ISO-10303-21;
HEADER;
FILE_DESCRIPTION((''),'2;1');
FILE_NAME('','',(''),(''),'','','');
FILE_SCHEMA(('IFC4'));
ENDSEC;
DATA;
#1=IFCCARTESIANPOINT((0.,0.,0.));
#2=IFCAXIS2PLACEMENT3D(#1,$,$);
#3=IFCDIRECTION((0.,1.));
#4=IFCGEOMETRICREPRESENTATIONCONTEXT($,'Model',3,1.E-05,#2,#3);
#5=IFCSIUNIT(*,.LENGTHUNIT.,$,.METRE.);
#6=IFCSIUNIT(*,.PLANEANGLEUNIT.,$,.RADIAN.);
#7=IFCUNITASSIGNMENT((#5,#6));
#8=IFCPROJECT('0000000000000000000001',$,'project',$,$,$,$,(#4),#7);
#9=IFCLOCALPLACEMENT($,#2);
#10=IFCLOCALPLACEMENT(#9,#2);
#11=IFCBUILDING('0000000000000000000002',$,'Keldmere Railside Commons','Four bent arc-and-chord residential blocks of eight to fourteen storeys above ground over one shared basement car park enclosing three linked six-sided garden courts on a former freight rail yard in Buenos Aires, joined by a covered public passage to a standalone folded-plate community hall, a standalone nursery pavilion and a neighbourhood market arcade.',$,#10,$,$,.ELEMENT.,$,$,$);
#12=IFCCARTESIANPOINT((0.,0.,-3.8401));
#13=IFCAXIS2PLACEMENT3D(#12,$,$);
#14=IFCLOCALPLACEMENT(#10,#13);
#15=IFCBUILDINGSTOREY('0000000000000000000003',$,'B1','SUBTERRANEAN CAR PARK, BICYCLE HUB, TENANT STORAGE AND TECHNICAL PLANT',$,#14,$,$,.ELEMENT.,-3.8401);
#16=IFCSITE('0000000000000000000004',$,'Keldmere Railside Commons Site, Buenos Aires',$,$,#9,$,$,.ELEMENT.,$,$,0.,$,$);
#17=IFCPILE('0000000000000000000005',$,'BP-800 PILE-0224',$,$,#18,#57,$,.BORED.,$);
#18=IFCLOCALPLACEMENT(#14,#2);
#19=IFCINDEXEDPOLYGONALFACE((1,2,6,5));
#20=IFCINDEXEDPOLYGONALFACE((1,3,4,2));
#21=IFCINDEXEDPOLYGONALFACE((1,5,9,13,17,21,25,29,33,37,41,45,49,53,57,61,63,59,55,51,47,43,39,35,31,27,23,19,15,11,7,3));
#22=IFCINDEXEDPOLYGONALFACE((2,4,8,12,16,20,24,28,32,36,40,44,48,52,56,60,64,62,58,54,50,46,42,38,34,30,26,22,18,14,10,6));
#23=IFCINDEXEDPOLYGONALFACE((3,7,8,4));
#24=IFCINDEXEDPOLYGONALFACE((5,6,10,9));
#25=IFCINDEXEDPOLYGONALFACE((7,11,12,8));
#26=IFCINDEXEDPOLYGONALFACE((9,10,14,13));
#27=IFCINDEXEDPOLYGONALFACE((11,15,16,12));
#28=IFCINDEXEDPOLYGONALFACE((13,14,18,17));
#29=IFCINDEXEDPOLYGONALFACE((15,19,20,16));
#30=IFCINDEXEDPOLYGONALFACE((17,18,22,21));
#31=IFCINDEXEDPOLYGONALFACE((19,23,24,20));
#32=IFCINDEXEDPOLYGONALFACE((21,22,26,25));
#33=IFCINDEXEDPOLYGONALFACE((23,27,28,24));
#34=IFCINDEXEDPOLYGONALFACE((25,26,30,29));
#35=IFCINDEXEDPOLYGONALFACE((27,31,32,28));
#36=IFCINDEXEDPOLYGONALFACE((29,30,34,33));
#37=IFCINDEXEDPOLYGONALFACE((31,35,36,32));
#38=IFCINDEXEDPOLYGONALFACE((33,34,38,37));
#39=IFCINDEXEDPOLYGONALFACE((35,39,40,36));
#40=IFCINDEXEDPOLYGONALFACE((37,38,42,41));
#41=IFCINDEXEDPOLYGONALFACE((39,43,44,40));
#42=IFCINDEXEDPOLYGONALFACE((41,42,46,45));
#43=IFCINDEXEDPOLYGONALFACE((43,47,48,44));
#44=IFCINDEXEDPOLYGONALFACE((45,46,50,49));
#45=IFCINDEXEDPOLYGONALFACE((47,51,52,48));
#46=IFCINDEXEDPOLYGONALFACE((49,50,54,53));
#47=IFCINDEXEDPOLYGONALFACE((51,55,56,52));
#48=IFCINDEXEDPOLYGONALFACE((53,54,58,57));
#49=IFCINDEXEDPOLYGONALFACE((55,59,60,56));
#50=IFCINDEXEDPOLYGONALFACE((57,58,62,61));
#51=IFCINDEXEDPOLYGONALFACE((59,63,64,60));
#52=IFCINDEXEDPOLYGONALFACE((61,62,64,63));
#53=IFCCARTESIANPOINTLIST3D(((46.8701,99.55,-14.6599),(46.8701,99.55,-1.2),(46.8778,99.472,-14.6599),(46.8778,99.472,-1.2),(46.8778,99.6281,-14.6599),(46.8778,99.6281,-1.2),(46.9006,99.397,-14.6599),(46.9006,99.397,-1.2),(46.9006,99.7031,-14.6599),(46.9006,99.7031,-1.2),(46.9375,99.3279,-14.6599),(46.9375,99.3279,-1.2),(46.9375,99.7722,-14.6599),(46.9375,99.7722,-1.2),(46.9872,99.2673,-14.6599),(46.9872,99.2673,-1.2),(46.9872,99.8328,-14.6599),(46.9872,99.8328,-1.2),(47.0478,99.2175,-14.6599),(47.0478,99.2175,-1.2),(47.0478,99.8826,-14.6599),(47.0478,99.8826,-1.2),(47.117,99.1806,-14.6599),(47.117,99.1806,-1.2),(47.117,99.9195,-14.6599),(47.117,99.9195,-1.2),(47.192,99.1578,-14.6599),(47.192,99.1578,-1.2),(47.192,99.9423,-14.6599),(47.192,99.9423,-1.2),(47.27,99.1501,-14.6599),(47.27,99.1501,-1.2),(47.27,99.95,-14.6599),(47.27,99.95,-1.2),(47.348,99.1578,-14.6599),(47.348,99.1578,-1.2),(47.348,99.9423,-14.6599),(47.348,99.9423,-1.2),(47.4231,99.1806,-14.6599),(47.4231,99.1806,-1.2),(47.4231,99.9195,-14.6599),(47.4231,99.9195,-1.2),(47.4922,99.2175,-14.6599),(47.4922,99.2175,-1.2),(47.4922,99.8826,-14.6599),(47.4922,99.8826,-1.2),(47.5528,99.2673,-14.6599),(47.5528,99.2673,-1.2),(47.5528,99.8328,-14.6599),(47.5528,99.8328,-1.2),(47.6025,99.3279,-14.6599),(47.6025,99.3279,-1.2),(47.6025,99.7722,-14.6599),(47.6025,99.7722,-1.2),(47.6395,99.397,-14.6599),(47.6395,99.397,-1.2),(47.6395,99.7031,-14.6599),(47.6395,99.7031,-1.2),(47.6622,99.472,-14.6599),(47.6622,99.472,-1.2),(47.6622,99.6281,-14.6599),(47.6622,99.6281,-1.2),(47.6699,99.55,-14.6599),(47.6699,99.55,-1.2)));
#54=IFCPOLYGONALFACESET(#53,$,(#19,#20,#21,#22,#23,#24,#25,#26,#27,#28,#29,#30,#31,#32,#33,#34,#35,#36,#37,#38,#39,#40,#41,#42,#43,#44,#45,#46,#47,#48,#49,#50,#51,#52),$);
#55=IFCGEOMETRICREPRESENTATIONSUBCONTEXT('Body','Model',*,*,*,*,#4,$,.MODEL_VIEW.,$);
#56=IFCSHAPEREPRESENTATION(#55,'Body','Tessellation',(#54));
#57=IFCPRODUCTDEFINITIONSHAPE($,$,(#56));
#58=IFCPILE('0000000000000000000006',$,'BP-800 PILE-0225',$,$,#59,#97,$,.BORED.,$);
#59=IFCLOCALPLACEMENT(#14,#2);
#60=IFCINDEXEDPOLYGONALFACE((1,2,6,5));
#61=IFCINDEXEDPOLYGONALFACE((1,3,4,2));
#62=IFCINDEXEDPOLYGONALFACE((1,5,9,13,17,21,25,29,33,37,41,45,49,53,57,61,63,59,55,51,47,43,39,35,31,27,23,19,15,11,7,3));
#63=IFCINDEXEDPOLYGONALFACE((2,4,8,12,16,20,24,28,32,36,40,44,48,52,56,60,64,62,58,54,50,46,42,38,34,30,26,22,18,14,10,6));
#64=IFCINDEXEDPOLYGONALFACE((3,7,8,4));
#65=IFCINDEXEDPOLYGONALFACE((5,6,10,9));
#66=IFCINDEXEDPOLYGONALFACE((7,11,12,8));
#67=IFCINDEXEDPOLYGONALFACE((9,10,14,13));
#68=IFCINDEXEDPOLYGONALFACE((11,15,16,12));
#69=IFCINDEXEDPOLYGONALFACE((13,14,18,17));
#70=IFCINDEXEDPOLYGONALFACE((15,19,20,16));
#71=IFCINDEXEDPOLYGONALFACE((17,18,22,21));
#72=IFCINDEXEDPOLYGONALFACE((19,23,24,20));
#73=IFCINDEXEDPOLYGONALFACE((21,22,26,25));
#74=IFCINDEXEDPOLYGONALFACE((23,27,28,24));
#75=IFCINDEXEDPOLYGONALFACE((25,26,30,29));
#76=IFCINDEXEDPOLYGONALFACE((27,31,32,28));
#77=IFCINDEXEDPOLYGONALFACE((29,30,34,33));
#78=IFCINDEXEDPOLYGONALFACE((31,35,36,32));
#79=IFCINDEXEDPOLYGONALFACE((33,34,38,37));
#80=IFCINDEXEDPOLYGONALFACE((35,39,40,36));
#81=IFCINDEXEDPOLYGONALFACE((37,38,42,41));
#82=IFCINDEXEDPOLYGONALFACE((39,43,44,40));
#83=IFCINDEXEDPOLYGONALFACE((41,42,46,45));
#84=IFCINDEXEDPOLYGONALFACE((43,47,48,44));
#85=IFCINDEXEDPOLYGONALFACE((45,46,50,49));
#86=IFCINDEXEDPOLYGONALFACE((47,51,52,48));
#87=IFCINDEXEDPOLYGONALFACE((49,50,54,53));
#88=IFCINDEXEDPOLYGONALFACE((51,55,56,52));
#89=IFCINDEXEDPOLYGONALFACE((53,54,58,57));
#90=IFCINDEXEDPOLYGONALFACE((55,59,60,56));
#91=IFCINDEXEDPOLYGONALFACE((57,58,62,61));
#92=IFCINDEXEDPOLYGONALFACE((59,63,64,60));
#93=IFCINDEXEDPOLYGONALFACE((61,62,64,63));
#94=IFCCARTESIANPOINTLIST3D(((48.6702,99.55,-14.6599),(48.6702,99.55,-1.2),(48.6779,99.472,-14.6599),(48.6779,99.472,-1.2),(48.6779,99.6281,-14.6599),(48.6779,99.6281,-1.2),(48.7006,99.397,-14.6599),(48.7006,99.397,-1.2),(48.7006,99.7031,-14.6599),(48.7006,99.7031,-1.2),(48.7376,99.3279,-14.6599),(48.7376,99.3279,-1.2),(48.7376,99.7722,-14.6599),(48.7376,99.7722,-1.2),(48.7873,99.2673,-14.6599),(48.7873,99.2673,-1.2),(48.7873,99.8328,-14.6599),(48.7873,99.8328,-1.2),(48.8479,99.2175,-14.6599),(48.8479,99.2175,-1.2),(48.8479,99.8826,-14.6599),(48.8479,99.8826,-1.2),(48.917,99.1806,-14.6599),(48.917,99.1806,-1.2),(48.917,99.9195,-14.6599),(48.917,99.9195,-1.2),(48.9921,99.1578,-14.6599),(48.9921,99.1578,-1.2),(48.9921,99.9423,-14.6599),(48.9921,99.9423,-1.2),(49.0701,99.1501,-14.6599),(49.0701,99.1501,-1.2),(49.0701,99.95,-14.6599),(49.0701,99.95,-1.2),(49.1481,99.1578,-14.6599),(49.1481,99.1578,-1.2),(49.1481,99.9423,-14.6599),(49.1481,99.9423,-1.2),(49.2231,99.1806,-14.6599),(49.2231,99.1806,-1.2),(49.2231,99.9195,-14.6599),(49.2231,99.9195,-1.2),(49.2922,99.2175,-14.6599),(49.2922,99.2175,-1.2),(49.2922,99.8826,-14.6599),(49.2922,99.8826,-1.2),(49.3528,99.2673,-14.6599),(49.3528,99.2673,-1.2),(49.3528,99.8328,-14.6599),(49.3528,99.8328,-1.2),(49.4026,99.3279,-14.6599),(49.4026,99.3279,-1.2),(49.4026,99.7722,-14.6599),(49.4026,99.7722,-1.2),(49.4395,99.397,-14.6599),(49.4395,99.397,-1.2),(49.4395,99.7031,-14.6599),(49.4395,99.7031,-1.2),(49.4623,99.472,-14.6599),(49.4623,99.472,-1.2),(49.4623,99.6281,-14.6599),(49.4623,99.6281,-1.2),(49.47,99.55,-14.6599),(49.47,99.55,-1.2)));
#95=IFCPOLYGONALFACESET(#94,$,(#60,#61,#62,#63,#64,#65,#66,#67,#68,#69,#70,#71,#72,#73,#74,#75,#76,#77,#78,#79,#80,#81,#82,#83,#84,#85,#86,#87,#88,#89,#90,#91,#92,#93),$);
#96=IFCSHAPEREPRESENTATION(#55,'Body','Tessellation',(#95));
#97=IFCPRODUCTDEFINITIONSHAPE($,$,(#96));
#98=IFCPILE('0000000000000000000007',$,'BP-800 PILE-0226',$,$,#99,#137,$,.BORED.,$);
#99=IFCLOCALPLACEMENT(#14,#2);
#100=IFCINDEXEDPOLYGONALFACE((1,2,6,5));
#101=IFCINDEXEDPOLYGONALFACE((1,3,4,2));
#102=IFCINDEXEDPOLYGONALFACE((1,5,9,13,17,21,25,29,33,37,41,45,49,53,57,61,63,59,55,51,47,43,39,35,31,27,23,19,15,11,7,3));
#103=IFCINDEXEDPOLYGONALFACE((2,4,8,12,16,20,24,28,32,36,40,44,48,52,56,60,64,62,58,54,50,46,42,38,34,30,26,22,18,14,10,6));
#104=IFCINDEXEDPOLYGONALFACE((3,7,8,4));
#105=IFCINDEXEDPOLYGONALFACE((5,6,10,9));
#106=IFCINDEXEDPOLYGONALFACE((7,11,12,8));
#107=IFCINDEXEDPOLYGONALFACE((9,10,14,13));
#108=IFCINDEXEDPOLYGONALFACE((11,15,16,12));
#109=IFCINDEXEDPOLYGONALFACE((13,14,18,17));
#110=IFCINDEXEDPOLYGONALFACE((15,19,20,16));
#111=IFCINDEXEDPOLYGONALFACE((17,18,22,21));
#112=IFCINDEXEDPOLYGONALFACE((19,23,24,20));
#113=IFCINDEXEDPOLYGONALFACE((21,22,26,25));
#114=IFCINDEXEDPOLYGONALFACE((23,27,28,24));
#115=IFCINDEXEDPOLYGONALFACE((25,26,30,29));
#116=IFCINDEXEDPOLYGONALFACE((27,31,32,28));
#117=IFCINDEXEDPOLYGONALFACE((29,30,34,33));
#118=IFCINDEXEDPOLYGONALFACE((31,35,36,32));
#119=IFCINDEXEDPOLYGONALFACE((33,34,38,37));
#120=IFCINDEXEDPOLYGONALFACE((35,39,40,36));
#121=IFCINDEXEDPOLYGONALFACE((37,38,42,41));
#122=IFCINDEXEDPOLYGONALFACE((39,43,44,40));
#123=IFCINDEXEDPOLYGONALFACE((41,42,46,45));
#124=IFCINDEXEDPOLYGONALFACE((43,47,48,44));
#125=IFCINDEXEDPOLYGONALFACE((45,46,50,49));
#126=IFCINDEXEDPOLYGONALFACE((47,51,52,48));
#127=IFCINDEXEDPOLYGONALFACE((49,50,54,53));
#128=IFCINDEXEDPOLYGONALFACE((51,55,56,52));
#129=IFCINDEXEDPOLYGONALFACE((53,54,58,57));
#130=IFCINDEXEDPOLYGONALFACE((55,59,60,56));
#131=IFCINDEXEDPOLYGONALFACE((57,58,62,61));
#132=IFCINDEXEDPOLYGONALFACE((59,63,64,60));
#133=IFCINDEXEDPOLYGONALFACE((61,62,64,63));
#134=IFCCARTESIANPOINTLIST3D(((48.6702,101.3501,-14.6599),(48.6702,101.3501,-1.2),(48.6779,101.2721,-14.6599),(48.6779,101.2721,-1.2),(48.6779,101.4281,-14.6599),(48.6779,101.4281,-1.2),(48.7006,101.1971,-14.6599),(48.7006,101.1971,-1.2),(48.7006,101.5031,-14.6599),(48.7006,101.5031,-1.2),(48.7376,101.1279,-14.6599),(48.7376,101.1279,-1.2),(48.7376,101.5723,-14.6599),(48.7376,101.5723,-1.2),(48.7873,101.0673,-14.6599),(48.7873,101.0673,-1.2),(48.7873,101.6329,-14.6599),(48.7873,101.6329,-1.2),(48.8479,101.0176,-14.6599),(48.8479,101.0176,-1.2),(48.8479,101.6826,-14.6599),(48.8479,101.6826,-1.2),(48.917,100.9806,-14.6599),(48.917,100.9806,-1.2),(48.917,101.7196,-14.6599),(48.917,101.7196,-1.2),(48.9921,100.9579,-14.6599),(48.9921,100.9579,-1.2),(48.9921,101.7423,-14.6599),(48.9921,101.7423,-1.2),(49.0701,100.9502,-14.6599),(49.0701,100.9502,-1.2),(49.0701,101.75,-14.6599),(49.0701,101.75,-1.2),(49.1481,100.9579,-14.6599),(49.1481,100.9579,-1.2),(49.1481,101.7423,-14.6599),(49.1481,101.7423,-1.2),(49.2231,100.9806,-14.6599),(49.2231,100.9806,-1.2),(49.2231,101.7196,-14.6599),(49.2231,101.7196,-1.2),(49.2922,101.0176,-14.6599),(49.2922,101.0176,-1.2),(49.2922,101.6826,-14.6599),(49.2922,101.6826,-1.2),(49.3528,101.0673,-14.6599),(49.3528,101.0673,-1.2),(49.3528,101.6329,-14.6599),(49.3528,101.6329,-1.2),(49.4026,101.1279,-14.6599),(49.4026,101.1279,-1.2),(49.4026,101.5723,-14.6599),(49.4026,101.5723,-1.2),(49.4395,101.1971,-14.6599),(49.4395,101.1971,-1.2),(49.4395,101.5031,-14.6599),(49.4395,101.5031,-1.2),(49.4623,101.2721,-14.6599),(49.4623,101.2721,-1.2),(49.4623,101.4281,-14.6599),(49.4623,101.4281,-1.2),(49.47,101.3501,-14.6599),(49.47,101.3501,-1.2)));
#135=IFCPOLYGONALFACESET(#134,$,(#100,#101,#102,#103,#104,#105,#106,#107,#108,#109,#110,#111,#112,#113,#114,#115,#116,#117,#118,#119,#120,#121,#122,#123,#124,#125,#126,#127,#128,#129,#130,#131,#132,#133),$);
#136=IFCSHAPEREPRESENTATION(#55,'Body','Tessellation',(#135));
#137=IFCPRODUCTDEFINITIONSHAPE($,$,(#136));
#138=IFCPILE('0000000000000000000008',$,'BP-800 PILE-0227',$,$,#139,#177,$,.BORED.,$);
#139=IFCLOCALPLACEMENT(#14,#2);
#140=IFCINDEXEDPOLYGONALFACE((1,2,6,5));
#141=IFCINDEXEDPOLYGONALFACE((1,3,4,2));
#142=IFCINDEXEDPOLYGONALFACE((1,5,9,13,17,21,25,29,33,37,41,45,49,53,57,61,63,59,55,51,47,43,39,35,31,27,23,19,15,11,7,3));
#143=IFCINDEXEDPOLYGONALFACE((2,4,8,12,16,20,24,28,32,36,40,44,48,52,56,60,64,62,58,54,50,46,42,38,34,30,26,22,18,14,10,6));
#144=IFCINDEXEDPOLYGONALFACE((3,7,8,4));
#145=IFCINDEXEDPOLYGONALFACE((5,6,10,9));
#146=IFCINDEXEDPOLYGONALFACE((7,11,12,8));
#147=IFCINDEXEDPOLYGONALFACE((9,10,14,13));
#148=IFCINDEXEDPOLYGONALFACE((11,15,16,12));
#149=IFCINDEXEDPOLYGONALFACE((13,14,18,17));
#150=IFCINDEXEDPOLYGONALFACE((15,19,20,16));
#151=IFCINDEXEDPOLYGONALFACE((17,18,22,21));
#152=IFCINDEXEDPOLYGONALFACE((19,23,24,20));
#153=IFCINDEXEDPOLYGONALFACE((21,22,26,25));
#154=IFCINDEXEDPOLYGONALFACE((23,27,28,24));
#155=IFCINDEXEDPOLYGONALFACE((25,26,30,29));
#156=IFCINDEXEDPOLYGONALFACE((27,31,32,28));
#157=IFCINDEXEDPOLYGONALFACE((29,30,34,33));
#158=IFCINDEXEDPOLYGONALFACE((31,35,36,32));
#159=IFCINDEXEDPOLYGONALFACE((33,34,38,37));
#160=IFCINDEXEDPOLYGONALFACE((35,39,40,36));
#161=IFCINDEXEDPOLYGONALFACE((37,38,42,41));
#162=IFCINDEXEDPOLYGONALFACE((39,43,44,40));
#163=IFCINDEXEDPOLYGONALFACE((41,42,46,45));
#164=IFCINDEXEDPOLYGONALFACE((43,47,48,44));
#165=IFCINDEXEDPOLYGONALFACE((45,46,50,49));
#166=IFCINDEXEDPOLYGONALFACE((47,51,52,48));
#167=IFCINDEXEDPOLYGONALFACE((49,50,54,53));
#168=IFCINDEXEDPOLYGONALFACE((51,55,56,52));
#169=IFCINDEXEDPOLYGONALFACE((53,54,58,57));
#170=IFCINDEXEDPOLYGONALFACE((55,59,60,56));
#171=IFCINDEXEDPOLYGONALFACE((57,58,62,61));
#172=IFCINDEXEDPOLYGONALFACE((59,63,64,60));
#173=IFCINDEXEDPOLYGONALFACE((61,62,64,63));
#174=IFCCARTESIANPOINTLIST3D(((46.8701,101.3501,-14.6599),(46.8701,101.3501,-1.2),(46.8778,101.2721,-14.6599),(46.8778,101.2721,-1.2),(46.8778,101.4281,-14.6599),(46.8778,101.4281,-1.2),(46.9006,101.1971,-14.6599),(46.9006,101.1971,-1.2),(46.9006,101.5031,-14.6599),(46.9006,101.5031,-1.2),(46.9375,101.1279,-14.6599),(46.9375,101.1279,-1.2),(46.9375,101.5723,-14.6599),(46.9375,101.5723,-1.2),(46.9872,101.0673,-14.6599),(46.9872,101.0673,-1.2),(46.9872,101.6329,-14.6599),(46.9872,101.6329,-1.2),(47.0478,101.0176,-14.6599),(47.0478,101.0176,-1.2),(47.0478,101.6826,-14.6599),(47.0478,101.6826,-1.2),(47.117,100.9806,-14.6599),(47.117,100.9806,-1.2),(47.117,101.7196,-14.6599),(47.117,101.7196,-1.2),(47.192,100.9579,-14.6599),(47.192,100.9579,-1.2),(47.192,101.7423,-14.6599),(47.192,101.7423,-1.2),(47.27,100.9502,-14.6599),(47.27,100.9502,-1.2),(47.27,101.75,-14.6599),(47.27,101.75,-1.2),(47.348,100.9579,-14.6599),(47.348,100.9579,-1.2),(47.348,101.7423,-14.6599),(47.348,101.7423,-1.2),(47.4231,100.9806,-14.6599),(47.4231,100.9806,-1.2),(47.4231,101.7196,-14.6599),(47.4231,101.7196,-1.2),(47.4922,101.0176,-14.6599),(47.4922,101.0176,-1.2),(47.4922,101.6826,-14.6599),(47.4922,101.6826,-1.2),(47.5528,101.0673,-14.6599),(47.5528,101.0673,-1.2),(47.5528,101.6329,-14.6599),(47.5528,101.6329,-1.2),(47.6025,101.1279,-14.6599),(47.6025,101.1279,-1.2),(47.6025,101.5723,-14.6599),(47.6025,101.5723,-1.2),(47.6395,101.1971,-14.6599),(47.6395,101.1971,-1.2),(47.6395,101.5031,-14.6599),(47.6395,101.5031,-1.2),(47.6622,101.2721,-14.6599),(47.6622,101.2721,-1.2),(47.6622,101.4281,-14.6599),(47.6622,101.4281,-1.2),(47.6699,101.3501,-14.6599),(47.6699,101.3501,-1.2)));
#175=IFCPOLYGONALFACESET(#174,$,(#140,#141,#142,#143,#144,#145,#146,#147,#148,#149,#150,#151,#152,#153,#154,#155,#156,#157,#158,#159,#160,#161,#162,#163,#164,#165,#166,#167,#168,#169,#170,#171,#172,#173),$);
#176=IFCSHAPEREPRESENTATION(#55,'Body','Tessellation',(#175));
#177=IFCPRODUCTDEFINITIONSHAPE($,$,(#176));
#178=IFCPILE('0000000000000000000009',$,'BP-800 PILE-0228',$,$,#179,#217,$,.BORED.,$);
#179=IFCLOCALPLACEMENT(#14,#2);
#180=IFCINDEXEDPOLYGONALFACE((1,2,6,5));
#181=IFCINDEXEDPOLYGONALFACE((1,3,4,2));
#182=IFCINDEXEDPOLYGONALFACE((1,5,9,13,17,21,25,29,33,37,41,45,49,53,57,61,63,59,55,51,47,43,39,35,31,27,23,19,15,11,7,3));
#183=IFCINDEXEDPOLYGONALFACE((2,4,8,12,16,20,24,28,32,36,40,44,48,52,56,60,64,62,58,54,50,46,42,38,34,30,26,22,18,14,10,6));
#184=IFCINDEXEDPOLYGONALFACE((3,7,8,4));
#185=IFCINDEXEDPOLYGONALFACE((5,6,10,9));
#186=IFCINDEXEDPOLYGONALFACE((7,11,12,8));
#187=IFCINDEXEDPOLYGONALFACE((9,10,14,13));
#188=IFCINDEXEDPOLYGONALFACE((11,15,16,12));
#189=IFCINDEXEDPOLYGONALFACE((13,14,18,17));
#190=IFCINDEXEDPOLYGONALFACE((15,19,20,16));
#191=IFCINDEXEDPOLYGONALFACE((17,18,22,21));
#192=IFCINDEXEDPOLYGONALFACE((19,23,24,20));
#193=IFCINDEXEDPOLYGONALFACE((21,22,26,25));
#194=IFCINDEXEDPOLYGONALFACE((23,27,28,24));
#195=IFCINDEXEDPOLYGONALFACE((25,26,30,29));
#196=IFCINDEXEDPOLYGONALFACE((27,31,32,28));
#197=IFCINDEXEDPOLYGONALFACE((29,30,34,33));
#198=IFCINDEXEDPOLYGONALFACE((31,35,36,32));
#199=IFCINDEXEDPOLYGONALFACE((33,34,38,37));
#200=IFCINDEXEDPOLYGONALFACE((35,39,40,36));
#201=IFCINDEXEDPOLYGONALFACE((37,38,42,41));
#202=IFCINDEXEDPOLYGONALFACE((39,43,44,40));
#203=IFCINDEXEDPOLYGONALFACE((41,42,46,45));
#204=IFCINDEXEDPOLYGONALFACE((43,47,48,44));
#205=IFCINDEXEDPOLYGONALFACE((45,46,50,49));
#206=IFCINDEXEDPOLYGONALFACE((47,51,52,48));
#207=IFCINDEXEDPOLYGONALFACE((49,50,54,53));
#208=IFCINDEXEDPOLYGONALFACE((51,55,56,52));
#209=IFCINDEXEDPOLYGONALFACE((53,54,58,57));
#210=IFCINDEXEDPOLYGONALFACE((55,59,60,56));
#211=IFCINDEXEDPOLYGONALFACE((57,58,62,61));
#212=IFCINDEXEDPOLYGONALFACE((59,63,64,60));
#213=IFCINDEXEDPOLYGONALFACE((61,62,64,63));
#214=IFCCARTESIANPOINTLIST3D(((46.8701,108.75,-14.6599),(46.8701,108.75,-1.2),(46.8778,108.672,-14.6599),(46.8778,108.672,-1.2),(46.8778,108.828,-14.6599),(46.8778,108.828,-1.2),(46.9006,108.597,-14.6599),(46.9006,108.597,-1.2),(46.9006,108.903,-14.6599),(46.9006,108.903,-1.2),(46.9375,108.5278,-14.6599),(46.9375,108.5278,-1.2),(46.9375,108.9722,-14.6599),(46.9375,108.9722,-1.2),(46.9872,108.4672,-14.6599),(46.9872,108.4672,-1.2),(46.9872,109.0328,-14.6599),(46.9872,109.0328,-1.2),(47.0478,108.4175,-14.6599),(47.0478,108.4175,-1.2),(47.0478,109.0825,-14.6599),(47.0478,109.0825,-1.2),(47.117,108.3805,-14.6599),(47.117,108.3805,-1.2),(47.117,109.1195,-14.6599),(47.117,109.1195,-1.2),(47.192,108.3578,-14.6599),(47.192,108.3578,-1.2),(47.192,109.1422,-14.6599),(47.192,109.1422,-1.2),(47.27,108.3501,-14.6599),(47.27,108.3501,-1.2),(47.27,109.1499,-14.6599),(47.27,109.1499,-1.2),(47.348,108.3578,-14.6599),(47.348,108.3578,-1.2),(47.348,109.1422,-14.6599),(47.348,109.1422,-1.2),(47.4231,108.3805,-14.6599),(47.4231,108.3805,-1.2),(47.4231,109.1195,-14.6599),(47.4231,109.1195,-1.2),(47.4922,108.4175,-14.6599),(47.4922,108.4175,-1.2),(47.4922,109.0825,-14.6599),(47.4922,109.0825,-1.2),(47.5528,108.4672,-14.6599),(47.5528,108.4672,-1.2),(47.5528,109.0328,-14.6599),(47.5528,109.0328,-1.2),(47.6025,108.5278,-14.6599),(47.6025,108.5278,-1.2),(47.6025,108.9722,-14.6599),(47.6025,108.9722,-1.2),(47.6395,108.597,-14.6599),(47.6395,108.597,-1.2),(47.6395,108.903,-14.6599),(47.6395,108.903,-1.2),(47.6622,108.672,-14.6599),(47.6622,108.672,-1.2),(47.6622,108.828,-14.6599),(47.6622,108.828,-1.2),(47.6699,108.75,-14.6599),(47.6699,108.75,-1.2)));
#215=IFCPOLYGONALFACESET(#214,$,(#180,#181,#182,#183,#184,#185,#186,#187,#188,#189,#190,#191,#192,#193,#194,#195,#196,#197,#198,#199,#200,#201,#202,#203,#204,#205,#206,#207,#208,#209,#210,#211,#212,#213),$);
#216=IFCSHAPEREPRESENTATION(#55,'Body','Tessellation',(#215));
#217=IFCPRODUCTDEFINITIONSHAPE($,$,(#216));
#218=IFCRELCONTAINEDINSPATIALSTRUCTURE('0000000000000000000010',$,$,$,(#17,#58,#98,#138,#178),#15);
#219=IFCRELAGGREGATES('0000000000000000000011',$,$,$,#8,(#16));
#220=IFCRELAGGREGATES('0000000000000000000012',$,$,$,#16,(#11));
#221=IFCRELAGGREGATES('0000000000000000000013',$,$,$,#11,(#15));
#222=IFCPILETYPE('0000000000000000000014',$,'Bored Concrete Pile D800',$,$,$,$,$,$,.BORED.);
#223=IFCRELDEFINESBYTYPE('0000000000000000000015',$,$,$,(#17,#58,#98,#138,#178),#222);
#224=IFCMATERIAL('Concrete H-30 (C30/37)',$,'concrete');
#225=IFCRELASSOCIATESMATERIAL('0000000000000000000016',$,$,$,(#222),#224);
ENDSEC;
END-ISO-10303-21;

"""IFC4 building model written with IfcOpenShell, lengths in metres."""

from ifc_helpers import new_model, si_unit, direction, frame, origin, origin_2d, place, context, subcontext, project, spatial, circle, extrude, material, material_profile, profile_set, type_object, element, save


model = new_model("IFC4")

# Units and contexts
model_context = context("Model", 3, precision=1e-05, world=origin(), true_north=direction((0.0, 1.0)))
body_context = subcontext(model_context, "Body", "Model", "MODEL_VIEW")
ifc_project = project(units=[si_unit("LENGTHUNIT", "METRE"), si_unit("PLANEANGLEUNIT", "RADIAN")], contexts=[model_context])

# Site, building, storey
site_placement = place(None, origin())
site = spatial("IfcSite", under=ifc_project, at=site_placement, Name="Keldmere Railside Commons Site, Buenos Aires", CompositionType="ELEMENT", RefElevation=0.0)
building_placement = place(site_placement, origin())
building = spatial("IfcBuilding", under=site, at=building_placement, Name="Keldmere Railside Commons", Description="Four bent arc-and-chord residential blocks of eight to fourteen storeys above ground over one shared basement car park enclosing three linked six-sided garden courts on a former freight rail yard in Buenos Aires, joined by a covered public passage to a standalone folded-plate community hall, a standalone nursery pavilion and a neighbourhood market arcade.", CompositionType="ELEMENT")
storey_placement = place(building_placement, frame((0.0, 0.0, -3.8401)))
storey = spatial("IfcBuildingStorey", under=building, at=storey_placement, Name="B1", Description="SUBTERRANEAN CAR PARK, BICYCLE HUB, TENANT STORAGE AND TECHNICAL PLANT", CompositionType="ELEMENT", Elevation=-3.8401)

# Piles
ifc_material_1 = material(Name="Concrete H-30 (C30/37)", Category="concrete")
ifc_material_profile_1 = material_profile(ifc_material_1, circle(Radius=0.3999, at=origin_2d()), Name="PILE-D800")
ifc_profile_set_1 = profile_set([ifc_material_profile_1], Name="Concrete H-30 (C30/37)")
pile_type_1 = type_object("IfcPileType", Name="Bored Concrete Pile D800", PredefinedType="BORED", material=ifc_profile_set_1)
for number, where, z_axis, x_axis, name in (
    (1, (47.27, 99.55, -1.2), (0.0, 0.0, -1.0), (1.0, 0.0, 0.0), "BP-800 PILE-0224"),
    (2, (49.0701, 99.55, -1.2), (0.0, 0.0, -1.0), (1.0, 0.0, 0.0), "BP-800 PILE-0225"),
    (3, (49.0701, 101.3501, -1.2), (0.0, 0.0, -1.0), (1.0, 0.0, 0.0), "BP-800 PILE-0226"),
    (4, (47.27, 101.3501, -1.2), (0.0, 0.0, -1.0), (1.0, 0.0, 0.0), "BP-800 PILE-0227"),
    (5, (47.27, 108.75, -1.2), (0.0, 0.0, -1.0), (1.0, 0.0, 0.0), "BP-800 PILE-0228"),
):
    element("IfcPile", number, at=place(storey_placement, frame(where, z_axis=z_axis, x_axis=x_axis)), inside=storey, type_object=pile_type_1, Name=name, PredefinedType="BORED", context=body_context, shape_type="SweptSolid", body=[
        extrude(circle(Radius=0.3999, at=origin_2d()), origin(), (0.0, 0.0, 1.0), 13.46),
    ])

save(model, "model.ifc")
